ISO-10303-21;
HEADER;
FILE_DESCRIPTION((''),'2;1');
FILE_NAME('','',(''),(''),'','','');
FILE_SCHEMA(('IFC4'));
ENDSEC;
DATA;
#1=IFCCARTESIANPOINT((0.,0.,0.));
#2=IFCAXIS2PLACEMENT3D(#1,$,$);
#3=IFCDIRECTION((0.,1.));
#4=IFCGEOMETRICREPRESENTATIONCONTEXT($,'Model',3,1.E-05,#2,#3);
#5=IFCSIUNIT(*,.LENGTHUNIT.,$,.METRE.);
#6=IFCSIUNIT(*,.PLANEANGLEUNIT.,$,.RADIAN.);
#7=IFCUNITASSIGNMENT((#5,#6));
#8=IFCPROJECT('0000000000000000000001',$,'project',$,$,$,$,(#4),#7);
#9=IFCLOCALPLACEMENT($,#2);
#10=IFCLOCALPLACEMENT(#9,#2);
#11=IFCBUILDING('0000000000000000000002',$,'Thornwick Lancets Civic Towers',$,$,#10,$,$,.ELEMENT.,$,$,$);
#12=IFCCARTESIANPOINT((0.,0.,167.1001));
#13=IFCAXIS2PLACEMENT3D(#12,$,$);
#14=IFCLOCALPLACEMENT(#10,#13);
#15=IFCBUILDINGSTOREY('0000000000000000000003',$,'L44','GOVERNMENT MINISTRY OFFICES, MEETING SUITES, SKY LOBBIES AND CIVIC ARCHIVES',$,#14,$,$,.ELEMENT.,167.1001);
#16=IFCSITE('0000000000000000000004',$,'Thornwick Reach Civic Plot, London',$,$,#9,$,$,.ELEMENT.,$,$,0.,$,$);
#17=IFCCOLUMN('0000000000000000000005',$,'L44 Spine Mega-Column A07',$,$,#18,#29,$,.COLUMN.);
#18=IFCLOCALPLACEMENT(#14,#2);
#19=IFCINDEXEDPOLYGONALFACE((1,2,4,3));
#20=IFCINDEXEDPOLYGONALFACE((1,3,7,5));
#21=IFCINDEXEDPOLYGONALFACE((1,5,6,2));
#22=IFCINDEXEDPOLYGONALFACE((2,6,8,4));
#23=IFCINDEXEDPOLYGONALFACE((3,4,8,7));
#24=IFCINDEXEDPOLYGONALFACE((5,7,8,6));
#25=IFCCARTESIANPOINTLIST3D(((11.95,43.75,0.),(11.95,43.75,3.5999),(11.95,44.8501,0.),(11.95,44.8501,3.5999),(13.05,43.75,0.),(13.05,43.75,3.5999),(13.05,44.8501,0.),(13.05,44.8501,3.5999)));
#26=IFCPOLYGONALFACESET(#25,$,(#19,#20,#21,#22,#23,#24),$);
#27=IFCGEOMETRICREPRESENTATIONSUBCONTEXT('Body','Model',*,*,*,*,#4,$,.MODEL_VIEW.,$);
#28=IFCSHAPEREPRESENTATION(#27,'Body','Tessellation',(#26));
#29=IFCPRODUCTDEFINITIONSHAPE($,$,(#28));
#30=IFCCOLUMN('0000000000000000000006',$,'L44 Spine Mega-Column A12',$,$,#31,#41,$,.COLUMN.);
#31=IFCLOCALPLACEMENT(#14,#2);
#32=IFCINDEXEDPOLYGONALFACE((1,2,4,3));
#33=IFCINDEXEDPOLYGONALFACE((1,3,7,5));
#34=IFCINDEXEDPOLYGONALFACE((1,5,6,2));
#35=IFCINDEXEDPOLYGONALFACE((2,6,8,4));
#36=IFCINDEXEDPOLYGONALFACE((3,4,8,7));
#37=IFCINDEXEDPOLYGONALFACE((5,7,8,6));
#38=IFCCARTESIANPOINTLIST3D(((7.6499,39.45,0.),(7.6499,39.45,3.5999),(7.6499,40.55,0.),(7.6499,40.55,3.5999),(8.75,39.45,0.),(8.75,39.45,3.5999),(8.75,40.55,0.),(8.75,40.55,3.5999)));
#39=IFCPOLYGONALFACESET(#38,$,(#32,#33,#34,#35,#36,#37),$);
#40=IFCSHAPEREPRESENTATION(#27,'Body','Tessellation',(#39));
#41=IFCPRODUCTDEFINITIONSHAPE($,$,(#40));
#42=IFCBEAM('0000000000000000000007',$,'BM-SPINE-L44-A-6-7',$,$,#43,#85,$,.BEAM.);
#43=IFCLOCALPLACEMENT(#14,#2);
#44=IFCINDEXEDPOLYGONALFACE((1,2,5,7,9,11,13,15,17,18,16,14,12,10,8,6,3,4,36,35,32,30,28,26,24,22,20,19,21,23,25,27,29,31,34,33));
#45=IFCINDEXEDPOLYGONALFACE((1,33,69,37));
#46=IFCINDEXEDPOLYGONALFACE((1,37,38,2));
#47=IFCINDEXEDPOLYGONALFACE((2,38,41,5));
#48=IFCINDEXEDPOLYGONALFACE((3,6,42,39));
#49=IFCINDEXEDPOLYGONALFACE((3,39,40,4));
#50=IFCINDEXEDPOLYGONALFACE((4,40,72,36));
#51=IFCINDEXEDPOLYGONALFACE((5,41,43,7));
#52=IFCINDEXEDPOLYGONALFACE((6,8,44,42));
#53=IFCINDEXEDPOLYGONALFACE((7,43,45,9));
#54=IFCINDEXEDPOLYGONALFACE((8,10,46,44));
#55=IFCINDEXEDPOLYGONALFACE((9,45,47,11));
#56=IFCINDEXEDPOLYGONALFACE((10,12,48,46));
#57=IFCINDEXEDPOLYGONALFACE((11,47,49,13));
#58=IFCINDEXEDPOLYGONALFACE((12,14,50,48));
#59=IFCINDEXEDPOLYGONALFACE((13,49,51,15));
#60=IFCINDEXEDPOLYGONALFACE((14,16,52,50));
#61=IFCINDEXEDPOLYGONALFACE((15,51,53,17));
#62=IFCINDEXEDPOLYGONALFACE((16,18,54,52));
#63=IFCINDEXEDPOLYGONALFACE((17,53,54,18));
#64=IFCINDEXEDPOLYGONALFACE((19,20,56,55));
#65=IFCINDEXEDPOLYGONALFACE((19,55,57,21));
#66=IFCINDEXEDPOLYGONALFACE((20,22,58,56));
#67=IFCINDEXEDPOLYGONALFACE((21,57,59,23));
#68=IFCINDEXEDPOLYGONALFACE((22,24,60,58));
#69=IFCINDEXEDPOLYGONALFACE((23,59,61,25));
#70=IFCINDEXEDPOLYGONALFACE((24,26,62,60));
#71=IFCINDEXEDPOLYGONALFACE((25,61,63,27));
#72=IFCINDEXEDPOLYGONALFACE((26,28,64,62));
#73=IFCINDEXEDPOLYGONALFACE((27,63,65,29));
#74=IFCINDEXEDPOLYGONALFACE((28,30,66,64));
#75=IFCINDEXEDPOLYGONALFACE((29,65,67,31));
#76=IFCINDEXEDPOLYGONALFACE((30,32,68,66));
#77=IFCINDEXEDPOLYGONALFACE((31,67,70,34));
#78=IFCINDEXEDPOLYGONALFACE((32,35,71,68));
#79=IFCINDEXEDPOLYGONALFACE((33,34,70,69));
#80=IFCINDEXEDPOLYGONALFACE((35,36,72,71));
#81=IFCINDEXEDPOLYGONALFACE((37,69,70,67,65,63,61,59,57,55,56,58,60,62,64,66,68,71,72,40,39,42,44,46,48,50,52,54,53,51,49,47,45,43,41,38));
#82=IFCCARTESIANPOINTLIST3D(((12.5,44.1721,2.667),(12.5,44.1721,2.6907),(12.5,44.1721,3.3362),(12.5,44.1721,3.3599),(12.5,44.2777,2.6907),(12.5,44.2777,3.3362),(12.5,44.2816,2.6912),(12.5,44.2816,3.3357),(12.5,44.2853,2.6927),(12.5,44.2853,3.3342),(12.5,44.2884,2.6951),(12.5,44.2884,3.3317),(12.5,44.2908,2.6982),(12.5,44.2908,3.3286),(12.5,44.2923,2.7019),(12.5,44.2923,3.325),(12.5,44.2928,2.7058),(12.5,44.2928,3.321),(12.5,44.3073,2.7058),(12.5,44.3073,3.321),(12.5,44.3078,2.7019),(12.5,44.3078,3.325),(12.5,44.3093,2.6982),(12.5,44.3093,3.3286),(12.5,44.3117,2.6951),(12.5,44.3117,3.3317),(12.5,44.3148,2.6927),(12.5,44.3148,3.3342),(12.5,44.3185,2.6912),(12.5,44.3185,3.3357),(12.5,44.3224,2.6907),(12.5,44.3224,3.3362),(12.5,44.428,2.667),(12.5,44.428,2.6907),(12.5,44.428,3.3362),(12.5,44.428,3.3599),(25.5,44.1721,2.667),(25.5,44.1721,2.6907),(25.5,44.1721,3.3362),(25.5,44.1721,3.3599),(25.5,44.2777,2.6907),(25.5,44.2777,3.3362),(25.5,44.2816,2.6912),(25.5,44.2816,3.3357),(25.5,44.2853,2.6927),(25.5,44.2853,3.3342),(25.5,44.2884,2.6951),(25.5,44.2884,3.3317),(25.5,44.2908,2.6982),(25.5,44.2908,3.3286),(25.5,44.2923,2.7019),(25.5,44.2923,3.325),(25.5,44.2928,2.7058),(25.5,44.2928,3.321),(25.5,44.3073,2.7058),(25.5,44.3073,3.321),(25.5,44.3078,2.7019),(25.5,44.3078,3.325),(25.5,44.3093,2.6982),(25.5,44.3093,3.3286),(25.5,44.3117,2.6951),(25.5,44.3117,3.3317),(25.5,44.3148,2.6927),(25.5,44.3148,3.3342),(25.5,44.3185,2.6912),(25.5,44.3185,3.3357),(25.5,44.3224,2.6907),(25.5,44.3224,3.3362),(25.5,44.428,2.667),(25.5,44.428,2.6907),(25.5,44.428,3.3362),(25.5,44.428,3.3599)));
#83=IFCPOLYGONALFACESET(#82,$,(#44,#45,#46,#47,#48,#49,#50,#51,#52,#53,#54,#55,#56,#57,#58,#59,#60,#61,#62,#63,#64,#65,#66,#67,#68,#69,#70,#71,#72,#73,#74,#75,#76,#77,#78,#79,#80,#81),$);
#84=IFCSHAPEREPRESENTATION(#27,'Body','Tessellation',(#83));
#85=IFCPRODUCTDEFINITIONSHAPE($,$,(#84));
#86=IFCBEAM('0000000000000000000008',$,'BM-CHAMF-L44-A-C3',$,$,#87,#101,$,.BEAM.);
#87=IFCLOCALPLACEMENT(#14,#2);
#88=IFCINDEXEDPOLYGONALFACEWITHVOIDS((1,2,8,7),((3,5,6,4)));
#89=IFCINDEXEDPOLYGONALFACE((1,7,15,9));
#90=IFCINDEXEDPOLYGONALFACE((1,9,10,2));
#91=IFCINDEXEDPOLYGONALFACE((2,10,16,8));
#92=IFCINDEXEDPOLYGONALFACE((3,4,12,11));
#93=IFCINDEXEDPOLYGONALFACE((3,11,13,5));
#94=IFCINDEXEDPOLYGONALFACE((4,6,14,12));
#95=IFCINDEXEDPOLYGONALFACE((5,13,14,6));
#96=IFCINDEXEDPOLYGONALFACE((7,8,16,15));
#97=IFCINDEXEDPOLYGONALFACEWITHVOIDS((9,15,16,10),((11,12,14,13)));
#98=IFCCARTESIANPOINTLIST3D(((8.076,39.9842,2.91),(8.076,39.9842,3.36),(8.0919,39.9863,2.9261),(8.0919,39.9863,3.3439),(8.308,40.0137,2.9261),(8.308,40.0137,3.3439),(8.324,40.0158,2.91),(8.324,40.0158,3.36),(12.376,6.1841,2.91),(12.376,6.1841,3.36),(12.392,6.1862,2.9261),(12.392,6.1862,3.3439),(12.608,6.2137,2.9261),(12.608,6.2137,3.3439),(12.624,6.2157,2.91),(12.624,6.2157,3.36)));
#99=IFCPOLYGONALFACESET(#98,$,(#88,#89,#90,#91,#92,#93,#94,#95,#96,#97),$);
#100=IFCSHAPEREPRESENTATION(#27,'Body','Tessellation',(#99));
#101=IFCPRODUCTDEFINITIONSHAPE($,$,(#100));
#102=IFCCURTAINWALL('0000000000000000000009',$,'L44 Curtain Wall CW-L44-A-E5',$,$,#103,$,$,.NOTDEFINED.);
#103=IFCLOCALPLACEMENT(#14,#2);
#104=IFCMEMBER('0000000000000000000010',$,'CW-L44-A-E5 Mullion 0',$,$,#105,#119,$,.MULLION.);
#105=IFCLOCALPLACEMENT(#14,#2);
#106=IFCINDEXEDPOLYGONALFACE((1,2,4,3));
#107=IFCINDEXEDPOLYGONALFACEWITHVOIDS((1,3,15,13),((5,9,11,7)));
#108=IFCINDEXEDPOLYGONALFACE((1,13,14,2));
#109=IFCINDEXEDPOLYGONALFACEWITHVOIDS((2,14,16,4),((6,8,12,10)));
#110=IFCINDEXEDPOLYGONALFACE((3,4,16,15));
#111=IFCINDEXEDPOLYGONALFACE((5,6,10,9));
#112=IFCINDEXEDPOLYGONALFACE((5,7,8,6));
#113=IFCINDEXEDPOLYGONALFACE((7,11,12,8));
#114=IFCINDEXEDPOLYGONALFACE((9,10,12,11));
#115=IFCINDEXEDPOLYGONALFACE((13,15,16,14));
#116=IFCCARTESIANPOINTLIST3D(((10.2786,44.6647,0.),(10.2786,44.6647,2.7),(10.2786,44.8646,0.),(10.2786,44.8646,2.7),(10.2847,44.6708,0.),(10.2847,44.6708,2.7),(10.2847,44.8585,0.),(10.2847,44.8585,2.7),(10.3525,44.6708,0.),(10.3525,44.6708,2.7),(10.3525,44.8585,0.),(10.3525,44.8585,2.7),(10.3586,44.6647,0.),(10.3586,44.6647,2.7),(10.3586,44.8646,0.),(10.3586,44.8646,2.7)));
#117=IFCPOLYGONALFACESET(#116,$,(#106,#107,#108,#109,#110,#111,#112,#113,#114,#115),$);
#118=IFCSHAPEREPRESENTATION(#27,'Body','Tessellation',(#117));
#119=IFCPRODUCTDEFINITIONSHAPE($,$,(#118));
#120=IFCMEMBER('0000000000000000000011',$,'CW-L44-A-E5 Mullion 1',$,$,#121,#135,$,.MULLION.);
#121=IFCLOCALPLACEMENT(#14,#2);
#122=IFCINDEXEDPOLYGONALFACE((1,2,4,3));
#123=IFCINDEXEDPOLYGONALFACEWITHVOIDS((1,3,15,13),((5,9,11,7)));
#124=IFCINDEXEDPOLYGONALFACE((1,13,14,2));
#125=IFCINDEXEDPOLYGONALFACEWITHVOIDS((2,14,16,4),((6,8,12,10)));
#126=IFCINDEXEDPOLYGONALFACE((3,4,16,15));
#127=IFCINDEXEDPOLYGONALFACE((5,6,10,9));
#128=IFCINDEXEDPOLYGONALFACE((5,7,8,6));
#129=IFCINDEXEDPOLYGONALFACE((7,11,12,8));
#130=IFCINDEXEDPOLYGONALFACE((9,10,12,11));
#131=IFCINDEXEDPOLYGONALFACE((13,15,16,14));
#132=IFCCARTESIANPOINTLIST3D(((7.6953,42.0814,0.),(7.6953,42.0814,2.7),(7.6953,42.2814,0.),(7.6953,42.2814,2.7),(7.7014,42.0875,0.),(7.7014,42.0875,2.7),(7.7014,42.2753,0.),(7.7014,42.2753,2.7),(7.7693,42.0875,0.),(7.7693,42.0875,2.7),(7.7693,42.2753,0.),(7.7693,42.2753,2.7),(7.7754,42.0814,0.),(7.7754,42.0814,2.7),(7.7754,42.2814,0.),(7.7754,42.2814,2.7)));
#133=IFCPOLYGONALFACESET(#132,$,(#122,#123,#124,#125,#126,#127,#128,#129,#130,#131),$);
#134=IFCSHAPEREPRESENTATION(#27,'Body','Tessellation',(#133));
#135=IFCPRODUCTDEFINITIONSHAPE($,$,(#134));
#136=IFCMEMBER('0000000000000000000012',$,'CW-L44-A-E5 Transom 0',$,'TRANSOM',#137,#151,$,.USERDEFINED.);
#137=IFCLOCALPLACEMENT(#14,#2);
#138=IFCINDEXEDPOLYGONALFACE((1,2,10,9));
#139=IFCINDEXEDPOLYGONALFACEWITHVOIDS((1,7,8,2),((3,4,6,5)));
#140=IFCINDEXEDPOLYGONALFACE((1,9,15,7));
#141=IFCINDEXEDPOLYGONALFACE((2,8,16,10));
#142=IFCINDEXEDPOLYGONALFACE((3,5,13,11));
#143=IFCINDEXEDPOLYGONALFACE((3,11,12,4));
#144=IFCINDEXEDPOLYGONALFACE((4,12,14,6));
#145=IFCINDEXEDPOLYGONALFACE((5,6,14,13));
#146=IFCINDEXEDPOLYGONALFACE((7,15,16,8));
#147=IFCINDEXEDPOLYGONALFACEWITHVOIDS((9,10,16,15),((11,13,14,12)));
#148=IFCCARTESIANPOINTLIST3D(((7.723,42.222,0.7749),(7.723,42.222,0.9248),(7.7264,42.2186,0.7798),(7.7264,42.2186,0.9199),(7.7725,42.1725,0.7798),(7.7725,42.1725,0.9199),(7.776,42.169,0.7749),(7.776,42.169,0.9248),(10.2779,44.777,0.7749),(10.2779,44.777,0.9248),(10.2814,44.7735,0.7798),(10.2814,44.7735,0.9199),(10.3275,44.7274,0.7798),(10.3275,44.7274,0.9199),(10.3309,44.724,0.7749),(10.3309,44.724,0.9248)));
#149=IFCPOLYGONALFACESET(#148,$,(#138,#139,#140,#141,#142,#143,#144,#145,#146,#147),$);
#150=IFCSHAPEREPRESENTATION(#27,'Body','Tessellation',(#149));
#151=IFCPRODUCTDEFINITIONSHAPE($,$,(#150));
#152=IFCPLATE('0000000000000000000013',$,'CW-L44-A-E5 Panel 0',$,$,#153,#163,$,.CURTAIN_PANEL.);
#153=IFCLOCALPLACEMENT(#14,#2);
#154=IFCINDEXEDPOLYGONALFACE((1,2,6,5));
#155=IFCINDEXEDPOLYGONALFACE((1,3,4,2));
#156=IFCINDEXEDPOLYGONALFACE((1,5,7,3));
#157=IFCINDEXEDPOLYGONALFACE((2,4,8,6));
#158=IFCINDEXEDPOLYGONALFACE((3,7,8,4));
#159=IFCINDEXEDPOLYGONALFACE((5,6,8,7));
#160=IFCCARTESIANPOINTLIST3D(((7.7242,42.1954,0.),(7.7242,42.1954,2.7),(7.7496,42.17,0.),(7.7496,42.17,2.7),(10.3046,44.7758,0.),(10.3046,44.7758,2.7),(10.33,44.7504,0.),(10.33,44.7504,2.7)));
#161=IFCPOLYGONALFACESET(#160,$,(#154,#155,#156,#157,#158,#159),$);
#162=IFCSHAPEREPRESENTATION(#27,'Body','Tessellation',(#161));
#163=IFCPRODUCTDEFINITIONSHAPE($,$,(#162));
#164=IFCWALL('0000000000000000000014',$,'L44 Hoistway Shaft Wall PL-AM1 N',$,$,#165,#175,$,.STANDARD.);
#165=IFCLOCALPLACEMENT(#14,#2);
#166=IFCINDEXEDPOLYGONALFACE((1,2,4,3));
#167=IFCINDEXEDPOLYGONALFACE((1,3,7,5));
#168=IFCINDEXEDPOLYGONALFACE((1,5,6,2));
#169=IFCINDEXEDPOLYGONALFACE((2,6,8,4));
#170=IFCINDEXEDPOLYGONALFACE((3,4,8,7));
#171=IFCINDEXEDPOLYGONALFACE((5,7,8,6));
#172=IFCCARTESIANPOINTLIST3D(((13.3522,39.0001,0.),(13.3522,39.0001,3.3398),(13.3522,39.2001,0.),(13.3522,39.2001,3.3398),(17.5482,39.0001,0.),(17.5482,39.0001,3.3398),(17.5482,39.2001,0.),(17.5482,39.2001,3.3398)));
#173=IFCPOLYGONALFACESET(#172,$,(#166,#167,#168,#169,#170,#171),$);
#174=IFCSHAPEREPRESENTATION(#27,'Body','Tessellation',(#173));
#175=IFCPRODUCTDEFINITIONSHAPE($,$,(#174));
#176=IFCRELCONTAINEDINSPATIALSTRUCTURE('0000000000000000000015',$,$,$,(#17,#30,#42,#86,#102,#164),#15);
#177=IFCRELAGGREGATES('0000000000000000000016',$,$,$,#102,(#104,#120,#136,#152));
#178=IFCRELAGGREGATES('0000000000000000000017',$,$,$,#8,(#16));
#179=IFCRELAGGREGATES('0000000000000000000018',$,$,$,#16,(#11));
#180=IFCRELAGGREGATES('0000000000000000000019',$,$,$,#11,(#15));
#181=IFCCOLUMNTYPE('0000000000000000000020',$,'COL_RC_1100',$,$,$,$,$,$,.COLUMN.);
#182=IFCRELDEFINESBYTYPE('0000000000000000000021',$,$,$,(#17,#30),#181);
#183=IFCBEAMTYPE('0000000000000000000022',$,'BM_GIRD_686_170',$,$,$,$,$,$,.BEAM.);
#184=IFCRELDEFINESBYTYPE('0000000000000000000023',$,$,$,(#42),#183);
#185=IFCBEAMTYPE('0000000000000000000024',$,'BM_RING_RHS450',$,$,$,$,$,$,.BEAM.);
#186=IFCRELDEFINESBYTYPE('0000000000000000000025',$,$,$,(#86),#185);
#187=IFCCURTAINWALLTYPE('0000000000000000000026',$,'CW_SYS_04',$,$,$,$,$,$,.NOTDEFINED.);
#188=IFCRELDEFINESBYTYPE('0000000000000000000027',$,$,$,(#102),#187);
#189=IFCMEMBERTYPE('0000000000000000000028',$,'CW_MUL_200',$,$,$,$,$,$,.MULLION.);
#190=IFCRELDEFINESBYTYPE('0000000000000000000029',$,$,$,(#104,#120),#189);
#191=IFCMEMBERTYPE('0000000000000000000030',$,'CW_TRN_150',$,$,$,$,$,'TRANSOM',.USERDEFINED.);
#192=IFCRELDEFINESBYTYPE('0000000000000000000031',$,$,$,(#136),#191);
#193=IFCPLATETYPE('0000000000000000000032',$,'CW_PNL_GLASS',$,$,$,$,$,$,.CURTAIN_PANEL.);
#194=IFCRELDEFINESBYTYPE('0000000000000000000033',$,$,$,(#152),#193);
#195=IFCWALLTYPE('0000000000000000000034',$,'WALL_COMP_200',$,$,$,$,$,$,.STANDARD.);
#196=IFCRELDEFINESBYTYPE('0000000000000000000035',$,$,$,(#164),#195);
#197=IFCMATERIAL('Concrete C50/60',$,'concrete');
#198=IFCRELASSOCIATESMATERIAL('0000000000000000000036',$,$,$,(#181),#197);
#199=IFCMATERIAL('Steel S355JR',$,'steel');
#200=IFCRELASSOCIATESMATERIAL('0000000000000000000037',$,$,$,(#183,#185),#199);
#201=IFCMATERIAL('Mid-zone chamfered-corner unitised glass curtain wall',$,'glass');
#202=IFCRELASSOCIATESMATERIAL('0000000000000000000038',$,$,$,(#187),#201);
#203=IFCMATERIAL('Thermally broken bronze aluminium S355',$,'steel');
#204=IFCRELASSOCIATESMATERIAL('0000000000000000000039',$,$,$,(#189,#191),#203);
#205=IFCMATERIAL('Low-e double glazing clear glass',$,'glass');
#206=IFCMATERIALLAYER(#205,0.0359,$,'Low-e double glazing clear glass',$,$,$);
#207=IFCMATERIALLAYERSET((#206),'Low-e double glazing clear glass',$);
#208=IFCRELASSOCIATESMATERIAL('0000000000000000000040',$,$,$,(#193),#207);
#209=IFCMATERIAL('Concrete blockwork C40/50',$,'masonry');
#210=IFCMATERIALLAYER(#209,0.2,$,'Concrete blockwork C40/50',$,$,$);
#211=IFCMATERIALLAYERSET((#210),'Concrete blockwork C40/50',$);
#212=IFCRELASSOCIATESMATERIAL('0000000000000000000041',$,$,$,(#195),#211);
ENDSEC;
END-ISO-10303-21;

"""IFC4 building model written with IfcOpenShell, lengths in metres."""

from ifc_helpers import new_model, si_unit, direction, frame, frame_2d, origin, origin_2d, place, context, subcontext, project, spatial, rectangle, hollow_rectangle, i_section, extrude, material, layer, layer_set, material_profile, profile_set, type_object, element, aggregate, save


model = new_model("IFC4")

# Units and contexts
model_context = context("Model", 3, precision=1e-05, world=origin(), true_north=direction((0.0, 1.0)))
body_context = subcontext(model_context, "Body", "Model", "MODEL_VIEW")
ifc_project = project(units=[si_unit("LENGTHUNIT", "METRE"), si_unit("PLANEANGLEUNIT", "RADIAN")], contexts=[model_context])

# Site, building, storey
site_placement = place(None, origin())
site = spatial("IfcSite", under=ifc_project, at=site_placement, Name="Thornwick Reach Civic Plot, London", CompositionType="ELEMENT", RefElevation=0.0)
building_placement = place(site_placement, origin())
building = spatial("IfcBuilding", under=site, at=building_placement, Name="Thornwick Lancets Civic Towers", CompositionType="ELEMENT")
storey_placement = place(building_placement, frame((0.0, 0.0, 167.1001)))
storey = spatial("IfcBuildingStorey", under=building, at=storey_placement, Name="L44", Description="GOVERNMENT MINISTRY OFFICES, MEETING SUITES, SKY LOBBIES AND CIVIC ARCHIVES", CompositionType="ELEMENT", Elevation=167.1001)

# Columns
ifc_material_1 = material(Name="Concrete C50/60", Category="concrete")
ifc_material_profile_1 = material_profile(ifc_material_1, rectangle(XDim=1.1001, YDim=1.1001, at=origin_2d()), Name="RC 1100x1100")
ifc_profile_set_1 = profile_set([ifc_material_profile_1], Name="Concrete C50/60")
column_type = type_object("IfcColumnType", Name="COL_RC_1100", PredefinedType="COLUMN", material=ifc_profile_set_1)
for number, where, z_axis, x_axis, name in (
    (1, (12.5, 44.3, 0.0), (0.0, 0.0, 1.0), (1.0, 0.0, 0.0), "L44 Spine Mega-Column A07"),
    (2, (8.2, 40.0, 0.0), (0.0, 0.0, 1.0), (1.0, 0.0, 0.0), "L44 Spine Mega-Column A12"),
):
    element("IfcColumn", number, at=place(storey_placement, frame(where, z_axis=z_axis, x_axis=x_axis)), inside=storey, type_object=column_type, Name=name, PredefinedType="COLUMN", context=body_context, shape_type="SweptSolid", body=[
        extrude(rectangle(XDim=1.1001, YDim=1.1001, at=origin_2d()), origin(), (0.0, 0.0, 1.0), 3.5999),
    ])

# Beams
ifc_material_2 = material(Name="Steel S355JR", Category="steel")
ifc_material_profile_2 = material_profile(ifc_material_2, i_section(OverallWidth=0.2559, OverallDepth=0.6929, WebThickness=0.0144, FlangeThickness=0.0237, FilletRadius=0.0151, at=origin_2d()), Name="UKB 686x254x170")
ifc_profile_set_2 = profile_set([ifc_material_profile_2], Name="Steel S355JR")
beam_type_1 = type_object("IfcBeamType", Name="BM_GIRD_686_170", PredefinedType="BEAM", material=ifc_profile_set_2)
beam_1_placement = place(storey_placement, frame((12.5, 44.3, 3.0134), z_axis=(1.0, 0.0, 0.0), x_axis=(0.0, 1.0, 0.0)))
element("IfcBeam", 3, at=beam_1_placement, inside=storey, type_object=beam_type_1, Name="BM-SPINE-L44-A-6-7", PredefinedType="BEAM", context=body_context, shape_type="SweptSolid", body=[
    extrude(i_section(OverallWidth=0.2559, OverallDepth=0.6929, WebThickness=0.0144, FlangeThickness=0.0237, FilletRadius=0.0151, at=origin_2d()), origin(), (0.0, 0.0, 1.0), 13.0),
])
ifc_material_profile_3 = material_profile(ifc_material_2, hollow_rectangle(XDim=0.25, YDim=0.45, WallThickness=0.0161, at=origin_2d()), Name="RHS 450x250x16")
ifc_profile_set_3 = profile_set([ifc_material_profile_3], Name="Steel S355JR")
beam_type_2 = type_object("IfcBeamType", Name="BM_RING_RHS450", PredefinedType="BEAM", material=ifc_profile_set_3)
beam_2_placement = place(storey_placement, frame((8.2, 40.0, 3.135), z_axis=(0.126203, -0.992004, 0.0), x_axis=(0.992004, 0.126203, 0.0)))
element("IfcBeam", 4, at=beam_2_placement, inside=storey, type_object=beam_type_2, Name="BM-CHAMF-L44-A-C3", PredefinedType="BEAM", context=body_context, shape_type="SweptSolid", body=[
    extrude(hollow_rectangle(XDim=0.25, YDim=0.45, WallThickness=0.0161, at=origin_2d()), origin(), (0.0, 0.0, 1.0), 34.0725),
])

# Curtain wall, members, plate
ifc_material_3 = material(Name="Mid-zone chamfered-corner unitised glass curtain wall", Category="glass")
curtain_wall_type = type_object("IfcCurtainWallType", Name="CW_SYS_04", PredefinedType="NOTDEFINED", material=ifc_material_3)
curtain_wall_placement = place(storey_placement, origin())
curtain_wall = element("IfcCurtainWall", 5, at=curtain_wall_placement, inside=storey, type_object=curtain_wall_type, Name="L44 Curtain Wall CW-L44-A-E5", PredefinedType="NOTDEFINED")
ifc_material_4 = material(Name="Thermally broken bronze aluminium S355", Category="steel")
ifc_material_profile_4 = material_profile(ifc_material_4, hollow_rectangle(XDim=0.0801, YDim=0.2, WallThickness=0.0061, at=origin_2d()), Name="RHS 200x80x6")
ifc_profile_set_4 = profile_set([ifc_material_profile_4], Name="Thermally broken bronze aluminium S355")
member_type_1 = type_object("IfcMemberType", Name="CW_MUL_200", PredefinedType="MULLION", material=ifc_profile_set_4)
member_1_placement = place(storey_placement, frame((10.3186, 44.7646, 0.0), z_axis=(0.0, 0.0, 1.0), x_axis=(1.0, 0.0, 0.0)))
member_1 = element("IfcMember", 6, at=member_1_placement, type_object=member_type_1, Name="CW-L44-A-E5 Mullion 0", PredefinedType="MULLION", context=body_context, shape_type="SweptSolid", body=[
    extrude(hollow_rectangle(XDim=0.0801, YDim=0.2, WallThickness=0.0061, at=origin_2d()), origin(), (0.0, 0.0, 1.0), 2.7),
])
member_2_placement = place(storey_placement, frame((7.7354, 42.1814, 0.0), z_axis=(0.0, 0.0, 1.0), x_axis=(1.0, 0.0, 0.0)))
member_2 = element("IfcMember", 7, at=member_2_placement, type_object=member_type_1, Name="CW-L44-A-E5 Mullion 1", PredefinedType="MULLION", context=body_context, shape_type="SweptSolid", body=[
    extrude(hollow_rectangle(XDim=0.0801, YDim=0.2, WallThickness=0.0061, at=origin_2d()), origin(), (0.0, 0.0, 1.0), 2.7),
])
ifc_material_profile_5 = material_profile(ifc_material_4, hollow_rectangle(XDim=0.075, YDim=0.1499, WallThickness=0.0049, at=origin_2d()), Name="RHS 150x75x5")
ifc_profile_set_5 = profile_set([ifc_material_profile_5], Name="Thermally broken bronze aluminium S355")
member_type_2 = type_object("IfcMemberType", Name="CW_TRN_150", ElementType="TRANSOM", PredefinedType="USERDEFINED", material=ifc_profile_set_5)
member_3_placement = place(storey_placement, frame((10.3044, 44.7505, 0.8499), z_axis=(-0.707107, -0.707107, 0.0), x_axis=(0.707107, -0.707107, 0.0)))
member_3 = element("IfcMember", 8, at=member_3_placement, type_object=member_type_2, Name="CW-L44-A-E5 Transom 0", ObjectType="TRANSOM", PredefinedType="USERDEFINED", context=body_context, shape_type="SweptSolid", body=[
    extrude(hollow_rectangle(XDim=0.075, YDim=0.1499, WallThickness=0.0049, at=origin_2d()), origin(), (0.0, 0.0, 1.0), 3.6133),
])
ifc_material_5 = material(Name="Low-e double glazing clear glass", Category="glass")
ifc_layer_1 = layer(ifc_material_5, 0.0359, Name="Low-e double glazing clear glass")
ifc_layer_set_1 = layer_set([ifc_layer_1], Name="Low-e double glazing clear glass")
plate_type = type_object("IfcPlateType", Name="CW_PNL_GLASS", PredefinedType="CURTAIN_PANEL", material=ifc_layer_set_1)
plate_placement = place(storey_placement, frame((9.0271, 43.4729, 0.0), z_axis=(0.0, 0.0, 1.0), x_axis=(-0.707107, -0.707107, 0.0)))
plate = element("IfcPlate", 9, at=plate_placement, type_object=plate_type, Name="CW-L44-A-E5 Panel 0", PredefinedType="CURTAIN_PANEL", context=body_context, shape_type="SweptSolid", body=[
    extrude(rectangle(XDim=3.6492, YDim=0.0359, at=origin_2d()), origin(), (0.0, 0.0, 1.0), 2.7),
])
aggregate(curtain_wall, [member_1, member_2, member_3, plate])

# Wall
ifc_material_6 = material(Name="Concrete blockwork C40/50", Category="masonry")
ifc_layer_2 = layer(ifc_material_6, 0.2, Name="Concrete blockwork C40/50")
ifc_layer_set_2 = layer_set([ifc_layer_2], Name="Concrete blockwork C40/50")
wall_type_1 = type_object("IfcWallType", Name="WALL_COMP_200", PredefinedType="STANDARD", material=ifc_layer_set_2)
wall_1_placement = place(storey_placement, frame((13.3521, 39.1001, 0.0), z_axis=(0.0, 0.0, 1.0), x_axis=(1.0, 0.0, 0.0)))
element("IfcWall", 10, at=wall_1_placement, inside=storey, type_object=wall_type_1, Name="L44 Hoistway Shaft Wall PL-AM1 N", PredefinedType="STANDARD", context=body_context, shape_type="SweptSolid", body=[
    extrude(rectangle(XDim=4.196, YDim=0.2, at=frame_2d((2.0981, 0.0))), origin(), (0.0, 0.0, 1.0), 3.3398),
])

save(model, "model.ifc")
